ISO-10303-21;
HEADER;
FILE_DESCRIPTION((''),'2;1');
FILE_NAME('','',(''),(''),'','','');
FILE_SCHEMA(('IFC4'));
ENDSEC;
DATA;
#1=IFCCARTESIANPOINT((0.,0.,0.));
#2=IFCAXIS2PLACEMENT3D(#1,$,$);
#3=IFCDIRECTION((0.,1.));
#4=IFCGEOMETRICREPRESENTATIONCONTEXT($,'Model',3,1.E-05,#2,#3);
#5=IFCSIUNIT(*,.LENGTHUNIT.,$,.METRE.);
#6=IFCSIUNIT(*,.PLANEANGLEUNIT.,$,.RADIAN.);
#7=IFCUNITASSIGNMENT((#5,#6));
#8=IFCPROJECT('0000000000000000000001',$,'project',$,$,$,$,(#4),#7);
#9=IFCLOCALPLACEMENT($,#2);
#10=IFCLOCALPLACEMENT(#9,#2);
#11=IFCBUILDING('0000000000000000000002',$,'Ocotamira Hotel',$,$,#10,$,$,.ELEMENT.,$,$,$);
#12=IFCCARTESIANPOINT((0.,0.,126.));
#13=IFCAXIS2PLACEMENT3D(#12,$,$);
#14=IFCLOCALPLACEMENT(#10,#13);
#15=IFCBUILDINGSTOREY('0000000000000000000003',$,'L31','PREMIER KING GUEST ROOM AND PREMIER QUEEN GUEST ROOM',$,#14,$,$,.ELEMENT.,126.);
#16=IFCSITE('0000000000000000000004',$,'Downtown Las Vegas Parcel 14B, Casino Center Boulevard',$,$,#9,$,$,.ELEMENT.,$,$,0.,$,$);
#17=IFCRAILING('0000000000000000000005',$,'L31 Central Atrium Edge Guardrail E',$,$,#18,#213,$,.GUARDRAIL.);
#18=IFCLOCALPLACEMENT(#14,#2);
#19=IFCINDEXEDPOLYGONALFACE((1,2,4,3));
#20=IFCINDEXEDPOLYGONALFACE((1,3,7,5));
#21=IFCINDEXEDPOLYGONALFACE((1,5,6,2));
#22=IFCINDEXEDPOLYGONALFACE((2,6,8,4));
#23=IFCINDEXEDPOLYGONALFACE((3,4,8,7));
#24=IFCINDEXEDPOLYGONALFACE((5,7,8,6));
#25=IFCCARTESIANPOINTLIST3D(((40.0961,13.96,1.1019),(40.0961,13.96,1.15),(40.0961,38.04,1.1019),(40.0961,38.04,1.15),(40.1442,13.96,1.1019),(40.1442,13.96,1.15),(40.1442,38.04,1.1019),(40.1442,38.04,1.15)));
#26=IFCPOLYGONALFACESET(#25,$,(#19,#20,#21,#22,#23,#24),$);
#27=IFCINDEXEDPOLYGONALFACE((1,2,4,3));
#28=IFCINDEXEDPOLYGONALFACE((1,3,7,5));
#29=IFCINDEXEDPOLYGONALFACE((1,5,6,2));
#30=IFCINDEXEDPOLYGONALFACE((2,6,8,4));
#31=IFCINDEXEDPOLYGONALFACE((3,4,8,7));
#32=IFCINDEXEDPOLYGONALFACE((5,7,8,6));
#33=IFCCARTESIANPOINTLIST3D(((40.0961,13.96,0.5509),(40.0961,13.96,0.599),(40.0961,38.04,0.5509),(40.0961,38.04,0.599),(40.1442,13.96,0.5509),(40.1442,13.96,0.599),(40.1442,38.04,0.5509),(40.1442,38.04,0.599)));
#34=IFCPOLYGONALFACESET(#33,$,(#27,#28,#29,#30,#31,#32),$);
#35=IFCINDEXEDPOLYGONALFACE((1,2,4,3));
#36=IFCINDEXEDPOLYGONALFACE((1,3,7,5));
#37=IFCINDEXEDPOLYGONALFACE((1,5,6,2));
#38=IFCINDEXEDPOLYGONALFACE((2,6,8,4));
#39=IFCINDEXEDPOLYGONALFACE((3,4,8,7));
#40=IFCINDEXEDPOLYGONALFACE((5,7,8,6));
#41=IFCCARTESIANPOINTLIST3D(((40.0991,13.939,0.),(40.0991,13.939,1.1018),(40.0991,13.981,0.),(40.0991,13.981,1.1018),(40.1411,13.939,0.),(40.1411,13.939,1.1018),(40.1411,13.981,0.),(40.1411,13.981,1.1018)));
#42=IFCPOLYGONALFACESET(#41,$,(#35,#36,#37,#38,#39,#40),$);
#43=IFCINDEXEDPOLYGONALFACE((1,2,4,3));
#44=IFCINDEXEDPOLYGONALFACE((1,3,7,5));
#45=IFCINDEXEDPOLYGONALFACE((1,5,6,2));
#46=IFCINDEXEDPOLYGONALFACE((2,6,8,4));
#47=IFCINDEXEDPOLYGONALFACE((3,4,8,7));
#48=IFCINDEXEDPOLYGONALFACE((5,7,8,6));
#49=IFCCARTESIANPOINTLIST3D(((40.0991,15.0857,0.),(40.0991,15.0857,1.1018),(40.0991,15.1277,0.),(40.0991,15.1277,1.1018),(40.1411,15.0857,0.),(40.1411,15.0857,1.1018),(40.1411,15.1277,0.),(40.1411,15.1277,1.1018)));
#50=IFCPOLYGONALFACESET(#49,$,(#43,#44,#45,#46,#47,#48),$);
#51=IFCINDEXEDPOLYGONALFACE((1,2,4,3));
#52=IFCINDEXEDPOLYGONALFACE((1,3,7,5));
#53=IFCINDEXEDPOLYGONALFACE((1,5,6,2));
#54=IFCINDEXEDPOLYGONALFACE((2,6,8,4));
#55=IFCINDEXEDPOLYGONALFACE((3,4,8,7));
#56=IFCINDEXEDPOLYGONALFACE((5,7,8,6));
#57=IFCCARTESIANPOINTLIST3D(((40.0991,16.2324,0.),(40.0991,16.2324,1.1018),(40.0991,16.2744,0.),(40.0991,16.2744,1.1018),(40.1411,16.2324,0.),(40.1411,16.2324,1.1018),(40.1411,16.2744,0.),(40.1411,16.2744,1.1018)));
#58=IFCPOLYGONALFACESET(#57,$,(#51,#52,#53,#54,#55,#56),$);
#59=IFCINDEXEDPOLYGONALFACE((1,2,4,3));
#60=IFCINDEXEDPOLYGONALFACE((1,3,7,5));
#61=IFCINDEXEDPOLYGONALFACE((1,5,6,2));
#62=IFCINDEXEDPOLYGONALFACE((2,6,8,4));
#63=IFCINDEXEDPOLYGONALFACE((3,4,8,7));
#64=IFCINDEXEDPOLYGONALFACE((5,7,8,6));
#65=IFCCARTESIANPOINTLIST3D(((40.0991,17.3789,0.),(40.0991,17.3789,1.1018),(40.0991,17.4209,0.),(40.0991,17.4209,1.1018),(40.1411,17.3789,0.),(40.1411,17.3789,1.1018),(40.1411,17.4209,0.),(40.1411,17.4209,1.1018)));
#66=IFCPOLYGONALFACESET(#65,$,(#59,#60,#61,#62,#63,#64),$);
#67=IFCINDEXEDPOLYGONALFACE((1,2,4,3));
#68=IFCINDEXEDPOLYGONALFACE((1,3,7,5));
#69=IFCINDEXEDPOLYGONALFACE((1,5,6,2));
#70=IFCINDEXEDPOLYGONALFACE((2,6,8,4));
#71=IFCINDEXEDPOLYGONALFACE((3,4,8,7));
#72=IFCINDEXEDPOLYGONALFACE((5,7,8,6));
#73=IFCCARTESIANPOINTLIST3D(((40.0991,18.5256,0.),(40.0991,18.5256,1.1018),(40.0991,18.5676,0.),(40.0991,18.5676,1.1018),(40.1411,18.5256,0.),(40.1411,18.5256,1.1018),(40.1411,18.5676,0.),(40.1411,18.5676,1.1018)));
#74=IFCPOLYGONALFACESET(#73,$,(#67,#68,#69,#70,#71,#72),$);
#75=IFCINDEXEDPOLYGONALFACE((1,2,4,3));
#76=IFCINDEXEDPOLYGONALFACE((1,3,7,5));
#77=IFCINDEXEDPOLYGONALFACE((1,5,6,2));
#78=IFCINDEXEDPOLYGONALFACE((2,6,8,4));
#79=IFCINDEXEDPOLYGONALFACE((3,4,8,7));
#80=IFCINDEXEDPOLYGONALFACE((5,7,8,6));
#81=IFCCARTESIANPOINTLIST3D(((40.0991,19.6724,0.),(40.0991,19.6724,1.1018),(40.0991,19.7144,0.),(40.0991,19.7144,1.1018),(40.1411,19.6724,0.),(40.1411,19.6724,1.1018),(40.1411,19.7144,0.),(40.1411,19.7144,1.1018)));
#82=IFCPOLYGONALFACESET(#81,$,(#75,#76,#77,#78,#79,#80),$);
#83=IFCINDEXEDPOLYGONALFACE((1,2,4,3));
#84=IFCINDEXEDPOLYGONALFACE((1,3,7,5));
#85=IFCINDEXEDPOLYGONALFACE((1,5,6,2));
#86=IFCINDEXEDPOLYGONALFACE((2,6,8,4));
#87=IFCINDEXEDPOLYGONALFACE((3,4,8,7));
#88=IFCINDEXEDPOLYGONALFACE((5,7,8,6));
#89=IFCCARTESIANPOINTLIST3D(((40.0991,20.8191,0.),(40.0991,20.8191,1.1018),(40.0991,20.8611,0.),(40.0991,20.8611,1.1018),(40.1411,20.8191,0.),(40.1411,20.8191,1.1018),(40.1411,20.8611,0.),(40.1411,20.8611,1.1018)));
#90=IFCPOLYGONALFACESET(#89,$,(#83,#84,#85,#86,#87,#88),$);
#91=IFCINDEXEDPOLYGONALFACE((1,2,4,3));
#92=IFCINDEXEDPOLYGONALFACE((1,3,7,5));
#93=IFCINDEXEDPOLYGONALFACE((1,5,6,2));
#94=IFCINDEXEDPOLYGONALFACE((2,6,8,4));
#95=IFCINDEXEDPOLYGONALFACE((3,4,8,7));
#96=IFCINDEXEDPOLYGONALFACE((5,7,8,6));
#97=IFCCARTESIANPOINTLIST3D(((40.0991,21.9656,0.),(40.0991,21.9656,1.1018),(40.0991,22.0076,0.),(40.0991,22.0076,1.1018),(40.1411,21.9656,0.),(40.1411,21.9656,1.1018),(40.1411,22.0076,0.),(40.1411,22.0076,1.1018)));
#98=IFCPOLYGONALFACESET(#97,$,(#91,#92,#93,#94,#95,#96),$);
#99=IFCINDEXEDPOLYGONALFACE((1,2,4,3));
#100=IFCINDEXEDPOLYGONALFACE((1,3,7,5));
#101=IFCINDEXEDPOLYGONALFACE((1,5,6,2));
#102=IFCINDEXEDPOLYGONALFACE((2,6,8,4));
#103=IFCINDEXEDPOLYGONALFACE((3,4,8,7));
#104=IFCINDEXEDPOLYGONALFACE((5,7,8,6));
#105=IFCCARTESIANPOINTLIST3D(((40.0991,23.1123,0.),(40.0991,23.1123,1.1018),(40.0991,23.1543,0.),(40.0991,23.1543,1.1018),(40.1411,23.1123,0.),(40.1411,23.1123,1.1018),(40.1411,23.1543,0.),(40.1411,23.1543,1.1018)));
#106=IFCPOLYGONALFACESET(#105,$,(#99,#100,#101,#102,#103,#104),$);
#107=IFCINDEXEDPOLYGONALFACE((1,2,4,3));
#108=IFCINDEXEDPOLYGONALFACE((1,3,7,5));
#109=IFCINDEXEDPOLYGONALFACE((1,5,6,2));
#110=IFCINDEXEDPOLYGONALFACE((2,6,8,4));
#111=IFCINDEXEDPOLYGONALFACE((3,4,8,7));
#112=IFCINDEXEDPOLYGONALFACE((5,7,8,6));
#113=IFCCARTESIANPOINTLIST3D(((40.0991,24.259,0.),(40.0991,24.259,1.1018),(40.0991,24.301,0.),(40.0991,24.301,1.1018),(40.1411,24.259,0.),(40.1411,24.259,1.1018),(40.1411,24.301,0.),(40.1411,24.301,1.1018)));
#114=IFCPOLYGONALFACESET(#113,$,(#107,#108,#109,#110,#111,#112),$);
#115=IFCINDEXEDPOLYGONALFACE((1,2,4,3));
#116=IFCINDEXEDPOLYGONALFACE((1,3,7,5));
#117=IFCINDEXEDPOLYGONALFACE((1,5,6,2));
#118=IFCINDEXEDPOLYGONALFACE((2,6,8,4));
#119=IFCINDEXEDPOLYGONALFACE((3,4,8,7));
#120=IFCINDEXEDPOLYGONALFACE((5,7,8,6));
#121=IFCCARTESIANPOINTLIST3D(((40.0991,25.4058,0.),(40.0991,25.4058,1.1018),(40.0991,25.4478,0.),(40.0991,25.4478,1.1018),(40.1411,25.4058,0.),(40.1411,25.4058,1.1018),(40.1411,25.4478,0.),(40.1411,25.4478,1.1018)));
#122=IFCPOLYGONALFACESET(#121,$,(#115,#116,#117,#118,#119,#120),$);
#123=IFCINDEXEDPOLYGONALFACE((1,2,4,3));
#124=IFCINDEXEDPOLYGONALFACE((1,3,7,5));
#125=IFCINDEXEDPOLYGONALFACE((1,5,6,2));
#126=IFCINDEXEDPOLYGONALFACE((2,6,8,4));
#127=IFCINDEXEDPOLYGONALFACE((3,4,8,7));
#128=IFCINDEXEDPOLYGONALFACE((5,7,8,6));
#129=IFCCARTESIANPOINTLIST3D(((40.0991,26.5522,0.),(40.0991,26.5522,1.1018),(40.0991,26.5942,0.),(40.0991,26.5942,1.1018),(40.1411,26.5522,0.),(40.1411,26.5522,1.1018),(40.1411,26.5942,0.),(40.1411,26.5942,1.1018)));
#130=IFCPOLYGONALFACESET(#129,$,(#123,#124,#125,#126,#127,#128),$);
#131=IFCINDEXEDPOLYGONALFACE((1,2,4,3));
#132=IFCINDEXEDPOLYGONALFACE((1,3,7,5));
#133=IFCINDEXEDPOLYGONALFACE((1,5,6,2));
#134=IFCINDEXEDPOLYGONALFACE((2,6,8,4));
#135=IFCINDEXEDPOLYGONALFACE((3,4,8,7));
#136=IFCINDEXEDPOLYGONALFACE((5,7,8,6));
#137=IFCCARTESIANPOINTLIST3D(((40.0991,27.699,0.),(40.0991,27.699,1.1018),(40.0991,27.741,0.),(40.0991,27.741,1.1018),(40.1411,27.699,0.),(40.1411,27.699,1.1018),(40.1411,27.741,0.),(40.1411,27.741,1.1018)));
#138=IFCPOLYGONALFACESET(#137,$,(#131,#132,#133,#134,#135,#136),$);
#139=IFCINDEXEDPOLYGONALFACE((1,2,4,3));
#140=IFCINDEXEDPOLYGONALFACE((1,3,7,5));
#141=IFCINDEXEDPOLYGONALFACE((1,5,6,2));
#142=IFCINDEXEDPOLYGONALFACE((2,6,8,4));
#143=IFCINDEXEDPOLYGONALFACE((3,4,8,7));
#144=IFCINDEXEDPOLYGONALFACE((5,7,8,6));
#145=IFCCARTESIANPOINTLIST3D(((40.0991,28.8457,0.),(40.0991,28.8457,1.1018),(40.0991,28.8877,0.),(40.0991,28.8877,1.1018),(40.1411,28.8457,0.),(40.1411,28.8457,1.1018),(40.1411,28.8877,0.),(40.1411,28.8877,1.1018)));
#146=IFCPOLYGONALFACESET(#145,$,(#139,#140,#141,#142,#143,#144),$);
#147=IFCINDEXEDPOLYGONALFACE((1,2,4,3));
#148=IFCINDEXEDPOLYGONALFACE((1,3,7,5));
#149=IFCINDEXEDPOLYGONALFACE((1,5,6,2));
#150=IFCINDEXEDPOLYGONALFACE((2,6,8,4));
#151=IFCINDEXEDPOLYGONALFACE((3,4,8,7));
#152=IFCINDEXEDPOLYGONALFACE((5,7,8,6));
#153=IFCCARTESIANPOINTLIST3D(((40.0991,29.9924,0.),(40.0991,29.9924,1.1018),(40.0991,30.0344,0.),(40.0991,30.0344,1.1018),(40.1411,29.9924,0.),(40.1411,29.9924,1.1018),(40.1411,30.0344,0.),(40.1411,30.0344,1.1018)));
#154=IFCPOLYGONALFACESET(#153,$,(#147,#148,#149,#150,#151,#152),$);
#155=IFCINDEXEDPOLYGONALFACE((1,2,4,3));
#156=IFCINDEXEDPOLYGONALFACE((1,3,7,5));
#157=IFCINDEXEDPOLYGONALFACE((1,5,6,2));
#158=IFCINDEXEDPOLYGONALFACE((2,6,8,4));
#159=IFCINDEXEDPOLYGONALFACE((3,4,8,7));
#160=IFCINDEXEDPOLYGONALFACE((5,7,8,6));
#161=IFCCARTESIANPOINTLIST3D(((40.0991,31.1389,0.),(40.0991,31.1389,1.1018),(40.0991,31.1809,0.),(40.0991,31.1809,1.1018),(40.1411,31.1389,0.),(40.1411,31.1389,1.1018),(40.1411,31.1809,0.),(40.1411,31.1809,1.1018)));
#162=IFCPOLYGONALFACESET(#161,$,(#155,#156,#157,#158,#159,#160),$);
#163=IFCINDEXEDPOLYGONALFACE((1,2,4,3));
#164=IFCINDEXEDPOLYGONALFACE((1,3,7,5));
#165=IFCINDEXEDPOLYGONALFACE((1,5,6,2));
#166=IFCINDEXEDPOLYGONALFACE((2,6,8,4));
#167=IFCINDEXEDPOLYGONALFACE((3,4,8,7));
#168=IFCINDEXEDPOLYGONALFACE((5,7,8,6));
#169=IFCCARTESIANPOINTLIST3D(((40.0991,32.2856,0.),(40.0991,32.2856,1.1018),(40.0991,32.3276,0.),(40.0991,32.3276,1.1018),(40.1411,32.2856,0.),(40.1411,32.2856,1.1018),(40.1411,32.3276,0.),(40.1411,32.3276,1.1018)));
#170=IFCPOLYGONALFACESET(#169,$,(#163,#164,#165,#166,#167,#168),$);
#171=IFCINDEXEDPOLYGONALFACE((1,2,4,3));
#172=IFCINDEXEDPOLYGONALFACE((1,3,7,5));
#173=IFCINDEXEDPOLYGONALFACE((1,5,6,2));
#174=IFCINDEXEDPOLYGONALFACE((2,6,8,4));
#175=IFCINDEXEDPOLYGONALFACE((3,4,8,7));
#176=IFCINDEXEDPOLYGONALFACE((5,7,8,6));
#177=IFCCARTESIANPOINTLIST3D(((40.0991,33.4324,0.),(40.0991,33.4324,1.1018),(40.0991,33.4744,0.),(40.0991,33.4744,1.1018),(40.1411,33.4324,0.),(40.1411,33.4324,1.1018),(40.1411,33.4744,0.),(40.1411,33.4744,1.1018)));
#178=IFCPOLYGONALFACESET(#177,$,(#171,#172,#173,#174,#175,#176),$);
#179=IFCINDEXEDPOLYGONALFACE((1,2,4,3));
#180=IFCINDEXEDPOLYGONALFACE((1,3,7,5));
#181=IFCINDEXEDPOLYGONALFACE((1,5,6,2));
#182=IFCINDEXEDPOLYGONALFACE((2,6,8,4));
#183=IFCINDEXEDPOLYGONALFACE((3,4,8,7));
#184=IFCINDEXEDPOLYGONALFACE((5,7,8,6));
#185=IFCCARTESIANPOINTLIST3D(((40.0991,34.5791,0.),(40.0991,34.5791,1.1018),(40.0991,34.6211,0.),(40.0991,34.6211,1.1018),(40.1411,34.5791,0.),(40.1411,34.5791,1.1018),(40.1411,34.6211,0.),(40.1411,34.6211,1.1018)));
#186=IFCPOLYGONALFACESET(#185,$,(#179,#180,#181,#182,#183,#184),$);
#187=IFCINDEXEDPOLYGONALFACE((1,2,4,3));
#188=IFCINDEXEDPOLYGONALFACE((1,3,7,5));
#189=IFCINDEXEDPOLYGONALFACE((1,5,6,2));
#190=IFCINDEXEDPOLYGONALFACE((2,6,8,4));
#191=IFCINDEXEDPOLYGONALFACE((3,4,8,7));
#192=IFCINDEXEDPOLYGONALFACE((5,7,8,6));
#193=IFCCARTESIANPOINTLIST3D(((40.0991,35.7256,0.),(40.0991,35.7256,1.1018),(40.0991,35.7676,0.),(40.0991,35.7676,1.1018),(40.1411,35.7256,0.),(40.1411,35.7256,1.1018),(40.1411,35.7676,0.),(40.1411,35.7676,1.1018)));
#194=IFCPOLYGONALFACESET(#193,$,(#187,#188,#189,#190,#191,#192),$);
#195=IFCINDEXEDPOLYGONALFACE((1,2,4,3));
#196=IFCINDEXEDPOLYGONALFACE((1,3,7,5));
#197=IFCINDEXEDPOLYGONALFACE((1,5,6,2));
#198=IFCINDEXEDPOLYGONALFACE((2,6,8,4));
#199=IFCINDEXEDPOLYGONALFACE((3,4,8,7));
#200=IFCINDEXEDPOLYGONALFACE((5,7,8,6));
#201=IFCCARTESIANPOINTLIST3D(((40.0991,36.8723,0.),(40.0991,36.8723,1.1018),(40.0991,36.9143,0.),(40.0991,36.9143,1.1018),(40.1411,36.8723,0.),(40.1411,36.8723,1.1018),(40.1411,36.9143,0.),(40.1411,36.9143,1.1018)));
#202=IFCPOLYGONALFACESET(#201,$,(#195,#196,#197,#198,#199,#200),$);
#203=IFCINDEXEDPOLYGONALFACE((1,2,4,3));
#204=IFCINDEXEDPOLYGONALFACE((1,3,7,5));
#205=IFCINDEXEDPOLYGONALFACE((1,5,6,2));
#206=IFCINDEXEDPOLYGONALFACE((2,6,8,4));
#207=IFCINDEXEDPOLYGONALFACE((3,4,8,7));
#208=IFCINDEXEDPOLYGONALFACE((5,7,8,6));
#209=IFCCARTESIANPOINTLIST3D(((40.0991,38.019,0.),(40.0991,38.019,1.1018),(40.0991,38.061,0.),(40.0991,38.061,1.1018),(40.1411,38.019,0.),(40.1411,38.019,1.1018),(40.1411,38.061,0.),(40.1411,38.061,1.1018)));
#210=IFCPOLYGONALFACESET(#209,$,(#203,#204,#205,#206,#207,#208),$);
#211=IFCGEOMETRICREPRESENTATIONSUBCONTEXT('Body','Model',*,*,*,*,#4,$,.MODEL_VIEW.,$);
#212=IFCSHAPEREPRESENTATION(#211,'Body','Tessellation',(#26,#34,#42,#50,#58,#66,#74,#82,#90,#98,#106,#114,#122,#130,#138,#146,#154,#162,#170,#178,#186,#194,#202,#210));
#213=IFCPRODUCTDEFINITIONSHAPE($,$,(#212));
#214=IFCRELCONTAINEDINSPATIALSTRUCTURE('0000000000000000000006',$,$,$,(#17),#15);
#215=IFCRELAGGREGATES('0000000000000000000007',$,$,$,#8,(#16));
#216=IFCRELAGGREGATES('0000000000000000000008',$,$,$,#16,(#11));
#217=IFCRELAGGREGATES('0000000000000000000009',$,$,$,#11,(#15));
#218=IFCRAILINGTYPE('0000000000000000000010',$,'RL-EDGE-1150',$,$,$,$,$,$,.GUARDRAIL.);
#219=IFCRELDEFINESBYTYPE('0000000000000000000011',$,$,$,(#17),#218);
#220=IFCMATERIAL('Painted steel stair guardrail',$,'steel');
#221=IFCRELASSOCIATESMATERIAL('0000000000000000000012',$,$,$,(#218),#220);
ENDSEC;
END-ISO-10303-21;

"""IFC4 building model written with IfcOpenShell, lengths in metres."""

from ifc_helpers import new_model, si_unit, direction, frame, origin, origin_2d, place, context, subcontext, project, spatial, rectangle, extrude, material, type_object, element, save


model = new_model("IFC4")

# Units and contexts
model_context = context("Model", 3, precision=1e-05, world=origin(), true_north=direction((0.0, 1.0)))
body_context = subcontext(model_context, "Body", "Model", "MODEL_VIEW")
ifc_project = project(units=[si_unit("LENGTHUNIT", "METRE"), si_unit("PLANEANGLEUNIT", "RADIAN")], contexts=[model_context])

# Site, building, storey
site_placement = place(None, origin())
site = spatial("IfcSite", under=ifc_project, at=site_placement, Name="Downtown Las Vegas Parcel 14B, Casino Center Boulevard", CompositionType="ELEMENT", RefElevation=0.0)
building_placement = place(site_placement, origin())
building = spatial("IfcBuilding", under=site, at=building_placement, Name="Ocotamira Hotel", CompositionType="ELEMENT")
storey_placement = place(building_placement, frame((0.0, 0.0, 126.0)))
storey = spatial("IfcBuildingStorey", under=building, at=storey_placement, Name="L31", Description="PREMIER KING GUEST ROOM AND PREMIER QUEEN GUEST ROOM", CompositionType="ELEMENT", Elevation=126.0)

# Railing
ifc_material_1 = material(Name="Painted steel stair guardrail", Category="steel")
railing_type = type_object("IfcRailingType", Name="RL-EDGE-1150", PredefinedType="GUARDRAIL", material=ifc_material_1)
railing_placement = place(storey_placement, frame((40.1201, 13.96, 0.0)))
element("IfcRailing", 1, at=railing_placement, inside=storey, type_object=railing_type, Name="L31 Central Atrium Edge Guardrail E", PredefinedType="GUARDRAIL", context=body_context, shape_type="SweptSolid", body=[
    extrude(rectangle(XDim=0.0481, YDim=0.0481, at=origin_2d()), frame((0.0, 0.0, 1.126), z_axis=(0.0, 1.0, 0.0), x_axis=(-1.0, 0.0, 0.0)), (0.0, 0.0, 1.0), 24.0801),
    extrude(rectangle(XDim=0.0481, YDim=0.0481, at=origin_2d()), frame((0.0, 0.0, 0.575), z_axis=(0.0, 1.0, 0.0), x_axis=(-1.0, 0.0, 0.0)), (0.0, 0.0, 1.0), 24.0801),
    extrude(rectangle(XDim=0.042, YDim=0.042, at=origin_2d()), origin(), (0.0, 0.0, 1.0), 1.1018),
    extrude(rectangle(XDim=0.042, YDim=0.042, at=origin_2d()), frame((0.0, 1.1467, 0.0)), (0.0, 0.0, 1.0), 1.1018),
    extrude(rectangle(XDim=0.042, YDim=0.042, at=origin_2d()), frame((0.0, 2.2935, 0.0)), (0.0, 0.0, 1.0), 1.1018),
    extrude(rectangle(XDim=0.042, YDim=0.042, at=origin_2d()), frame((0.0, 3.4399, 0.0)), (0.0, 0.0, 1.0), 1.1018),
    extrude(rectangle(XDim=0.042, YDim=0.042, at=origin_2d()), frame((0.0, 4.5867, 0.0)), (0.0, 0.0, 1.0), 1.1018),
    extrude(rectangle(XDim=0.042, YDim=0.042, at=origin_2d()), frame((0.0, 5.7334, 0.0)), (0.0, 0.0, 1.0), 1.1018),
    extrude(rectangle(XDim=0.042, YDim=0.042, at=origin_2d()), frame((0.0, 6.8801, 0.0)), (0.0, 0.0, 1.0), 1.1018),
    extrude(rectangle(XDim=0.042, YDim=0.042, at=origin_2d()), frame((0.0, 8.0266, 0.0)), (0.0, 0.0, 1.0), 1.1018),
    extrude(rectangle(XDim=0.042, YDim=0.042, at=origin_2d()), frame((0.0, 9.1733, 0.0)), (0.0, 0.0, 1.0), 1.1018),
    extrude(rectangle(XDim=0.042, YDim=0.042, at=origin_2d()), frame((0.0, 10.3201, 0.0)), (0.0, 0.0, 1.0), 1.1018),
    extrude(rectangle(XDim=0.042, YDim=0.042, at=origin_2d()), frame((0.0, 11.4668, 0.0)), (0.0, 0.0, 1.0), 1.1018),
    extrude(rectangle(XDim=0.042, YDim=0.042, at=origin_2d()), frame((0.0, 12.6133, 0.0)), (0.0, 0.0, 1.0), 1.1018),
    extrude(rectangle(XDim=0.042, YDim=0.042, at=origin_2d()), frame((0.0, 13.76, 0.0)), (0.0, 0.0, 1.0), 1.1018),
    extrude(rectangle(XDim=0.042, YDim=0.042, at=origin_2d()), frame((0.0, 14.9067, 0.0)), (0.0, 0.0, 1.0), 1.1018),
    extrude(rectangle(XDim=0.042, YDim=0.042, at=origin_2d()), frame((0.0, 16.0535, 0.0)), (0.0, 0.0, 1.0), 1.1018),
    extrude(rectangle(XDim=0.042, YDim=0.042, at=origin_2d()), frame((0.0, 17.2, 0.0)), (0.0, 0.0, 1.0), 1.1018),
    extrude(rectangle(XDim=0.042, YDim=0.042, at=origin_2d()), frame((0.0, 18.3467, 0.0)), (0.0, 0.0, 1.0), 1.1018),
    extrude(rectangle(XDim=0.042, YDim=0.042, at=origin_2d()), frame((0.0, 19.4934, 0.0)), (0.0, 0.0, 1.0), 1.1018),
    extrude(rectangle(XDim=0.042, YDim=0.042, at=origin_2d()), frame((0.0, 20.6401, 0.0)), (0.0, 0.0, 1.0), 1.1018),
    extrude(rectangle(XDim=0.042, YDim=0.042, at=origin_2d()), frame((0.0, 21.7866, 0.0)), (0.0, 0.0, 1.0), 1.1018),
    extrude(rectangle(XDim=0.042, YDim=0.042, at=origin_2d()), frame((0.0, 22.9333, 0.0)), (0.0, 0.0, 1.0), 1.1018),
    extrude(rectangle(XDim=0.042, YDim=0.042, at=origin_2d()), frame((0.0, 24.0801, 0.0)), (0.0, 0.0, 1.0), 1.1018),
])

save(model, "model.ifc")
